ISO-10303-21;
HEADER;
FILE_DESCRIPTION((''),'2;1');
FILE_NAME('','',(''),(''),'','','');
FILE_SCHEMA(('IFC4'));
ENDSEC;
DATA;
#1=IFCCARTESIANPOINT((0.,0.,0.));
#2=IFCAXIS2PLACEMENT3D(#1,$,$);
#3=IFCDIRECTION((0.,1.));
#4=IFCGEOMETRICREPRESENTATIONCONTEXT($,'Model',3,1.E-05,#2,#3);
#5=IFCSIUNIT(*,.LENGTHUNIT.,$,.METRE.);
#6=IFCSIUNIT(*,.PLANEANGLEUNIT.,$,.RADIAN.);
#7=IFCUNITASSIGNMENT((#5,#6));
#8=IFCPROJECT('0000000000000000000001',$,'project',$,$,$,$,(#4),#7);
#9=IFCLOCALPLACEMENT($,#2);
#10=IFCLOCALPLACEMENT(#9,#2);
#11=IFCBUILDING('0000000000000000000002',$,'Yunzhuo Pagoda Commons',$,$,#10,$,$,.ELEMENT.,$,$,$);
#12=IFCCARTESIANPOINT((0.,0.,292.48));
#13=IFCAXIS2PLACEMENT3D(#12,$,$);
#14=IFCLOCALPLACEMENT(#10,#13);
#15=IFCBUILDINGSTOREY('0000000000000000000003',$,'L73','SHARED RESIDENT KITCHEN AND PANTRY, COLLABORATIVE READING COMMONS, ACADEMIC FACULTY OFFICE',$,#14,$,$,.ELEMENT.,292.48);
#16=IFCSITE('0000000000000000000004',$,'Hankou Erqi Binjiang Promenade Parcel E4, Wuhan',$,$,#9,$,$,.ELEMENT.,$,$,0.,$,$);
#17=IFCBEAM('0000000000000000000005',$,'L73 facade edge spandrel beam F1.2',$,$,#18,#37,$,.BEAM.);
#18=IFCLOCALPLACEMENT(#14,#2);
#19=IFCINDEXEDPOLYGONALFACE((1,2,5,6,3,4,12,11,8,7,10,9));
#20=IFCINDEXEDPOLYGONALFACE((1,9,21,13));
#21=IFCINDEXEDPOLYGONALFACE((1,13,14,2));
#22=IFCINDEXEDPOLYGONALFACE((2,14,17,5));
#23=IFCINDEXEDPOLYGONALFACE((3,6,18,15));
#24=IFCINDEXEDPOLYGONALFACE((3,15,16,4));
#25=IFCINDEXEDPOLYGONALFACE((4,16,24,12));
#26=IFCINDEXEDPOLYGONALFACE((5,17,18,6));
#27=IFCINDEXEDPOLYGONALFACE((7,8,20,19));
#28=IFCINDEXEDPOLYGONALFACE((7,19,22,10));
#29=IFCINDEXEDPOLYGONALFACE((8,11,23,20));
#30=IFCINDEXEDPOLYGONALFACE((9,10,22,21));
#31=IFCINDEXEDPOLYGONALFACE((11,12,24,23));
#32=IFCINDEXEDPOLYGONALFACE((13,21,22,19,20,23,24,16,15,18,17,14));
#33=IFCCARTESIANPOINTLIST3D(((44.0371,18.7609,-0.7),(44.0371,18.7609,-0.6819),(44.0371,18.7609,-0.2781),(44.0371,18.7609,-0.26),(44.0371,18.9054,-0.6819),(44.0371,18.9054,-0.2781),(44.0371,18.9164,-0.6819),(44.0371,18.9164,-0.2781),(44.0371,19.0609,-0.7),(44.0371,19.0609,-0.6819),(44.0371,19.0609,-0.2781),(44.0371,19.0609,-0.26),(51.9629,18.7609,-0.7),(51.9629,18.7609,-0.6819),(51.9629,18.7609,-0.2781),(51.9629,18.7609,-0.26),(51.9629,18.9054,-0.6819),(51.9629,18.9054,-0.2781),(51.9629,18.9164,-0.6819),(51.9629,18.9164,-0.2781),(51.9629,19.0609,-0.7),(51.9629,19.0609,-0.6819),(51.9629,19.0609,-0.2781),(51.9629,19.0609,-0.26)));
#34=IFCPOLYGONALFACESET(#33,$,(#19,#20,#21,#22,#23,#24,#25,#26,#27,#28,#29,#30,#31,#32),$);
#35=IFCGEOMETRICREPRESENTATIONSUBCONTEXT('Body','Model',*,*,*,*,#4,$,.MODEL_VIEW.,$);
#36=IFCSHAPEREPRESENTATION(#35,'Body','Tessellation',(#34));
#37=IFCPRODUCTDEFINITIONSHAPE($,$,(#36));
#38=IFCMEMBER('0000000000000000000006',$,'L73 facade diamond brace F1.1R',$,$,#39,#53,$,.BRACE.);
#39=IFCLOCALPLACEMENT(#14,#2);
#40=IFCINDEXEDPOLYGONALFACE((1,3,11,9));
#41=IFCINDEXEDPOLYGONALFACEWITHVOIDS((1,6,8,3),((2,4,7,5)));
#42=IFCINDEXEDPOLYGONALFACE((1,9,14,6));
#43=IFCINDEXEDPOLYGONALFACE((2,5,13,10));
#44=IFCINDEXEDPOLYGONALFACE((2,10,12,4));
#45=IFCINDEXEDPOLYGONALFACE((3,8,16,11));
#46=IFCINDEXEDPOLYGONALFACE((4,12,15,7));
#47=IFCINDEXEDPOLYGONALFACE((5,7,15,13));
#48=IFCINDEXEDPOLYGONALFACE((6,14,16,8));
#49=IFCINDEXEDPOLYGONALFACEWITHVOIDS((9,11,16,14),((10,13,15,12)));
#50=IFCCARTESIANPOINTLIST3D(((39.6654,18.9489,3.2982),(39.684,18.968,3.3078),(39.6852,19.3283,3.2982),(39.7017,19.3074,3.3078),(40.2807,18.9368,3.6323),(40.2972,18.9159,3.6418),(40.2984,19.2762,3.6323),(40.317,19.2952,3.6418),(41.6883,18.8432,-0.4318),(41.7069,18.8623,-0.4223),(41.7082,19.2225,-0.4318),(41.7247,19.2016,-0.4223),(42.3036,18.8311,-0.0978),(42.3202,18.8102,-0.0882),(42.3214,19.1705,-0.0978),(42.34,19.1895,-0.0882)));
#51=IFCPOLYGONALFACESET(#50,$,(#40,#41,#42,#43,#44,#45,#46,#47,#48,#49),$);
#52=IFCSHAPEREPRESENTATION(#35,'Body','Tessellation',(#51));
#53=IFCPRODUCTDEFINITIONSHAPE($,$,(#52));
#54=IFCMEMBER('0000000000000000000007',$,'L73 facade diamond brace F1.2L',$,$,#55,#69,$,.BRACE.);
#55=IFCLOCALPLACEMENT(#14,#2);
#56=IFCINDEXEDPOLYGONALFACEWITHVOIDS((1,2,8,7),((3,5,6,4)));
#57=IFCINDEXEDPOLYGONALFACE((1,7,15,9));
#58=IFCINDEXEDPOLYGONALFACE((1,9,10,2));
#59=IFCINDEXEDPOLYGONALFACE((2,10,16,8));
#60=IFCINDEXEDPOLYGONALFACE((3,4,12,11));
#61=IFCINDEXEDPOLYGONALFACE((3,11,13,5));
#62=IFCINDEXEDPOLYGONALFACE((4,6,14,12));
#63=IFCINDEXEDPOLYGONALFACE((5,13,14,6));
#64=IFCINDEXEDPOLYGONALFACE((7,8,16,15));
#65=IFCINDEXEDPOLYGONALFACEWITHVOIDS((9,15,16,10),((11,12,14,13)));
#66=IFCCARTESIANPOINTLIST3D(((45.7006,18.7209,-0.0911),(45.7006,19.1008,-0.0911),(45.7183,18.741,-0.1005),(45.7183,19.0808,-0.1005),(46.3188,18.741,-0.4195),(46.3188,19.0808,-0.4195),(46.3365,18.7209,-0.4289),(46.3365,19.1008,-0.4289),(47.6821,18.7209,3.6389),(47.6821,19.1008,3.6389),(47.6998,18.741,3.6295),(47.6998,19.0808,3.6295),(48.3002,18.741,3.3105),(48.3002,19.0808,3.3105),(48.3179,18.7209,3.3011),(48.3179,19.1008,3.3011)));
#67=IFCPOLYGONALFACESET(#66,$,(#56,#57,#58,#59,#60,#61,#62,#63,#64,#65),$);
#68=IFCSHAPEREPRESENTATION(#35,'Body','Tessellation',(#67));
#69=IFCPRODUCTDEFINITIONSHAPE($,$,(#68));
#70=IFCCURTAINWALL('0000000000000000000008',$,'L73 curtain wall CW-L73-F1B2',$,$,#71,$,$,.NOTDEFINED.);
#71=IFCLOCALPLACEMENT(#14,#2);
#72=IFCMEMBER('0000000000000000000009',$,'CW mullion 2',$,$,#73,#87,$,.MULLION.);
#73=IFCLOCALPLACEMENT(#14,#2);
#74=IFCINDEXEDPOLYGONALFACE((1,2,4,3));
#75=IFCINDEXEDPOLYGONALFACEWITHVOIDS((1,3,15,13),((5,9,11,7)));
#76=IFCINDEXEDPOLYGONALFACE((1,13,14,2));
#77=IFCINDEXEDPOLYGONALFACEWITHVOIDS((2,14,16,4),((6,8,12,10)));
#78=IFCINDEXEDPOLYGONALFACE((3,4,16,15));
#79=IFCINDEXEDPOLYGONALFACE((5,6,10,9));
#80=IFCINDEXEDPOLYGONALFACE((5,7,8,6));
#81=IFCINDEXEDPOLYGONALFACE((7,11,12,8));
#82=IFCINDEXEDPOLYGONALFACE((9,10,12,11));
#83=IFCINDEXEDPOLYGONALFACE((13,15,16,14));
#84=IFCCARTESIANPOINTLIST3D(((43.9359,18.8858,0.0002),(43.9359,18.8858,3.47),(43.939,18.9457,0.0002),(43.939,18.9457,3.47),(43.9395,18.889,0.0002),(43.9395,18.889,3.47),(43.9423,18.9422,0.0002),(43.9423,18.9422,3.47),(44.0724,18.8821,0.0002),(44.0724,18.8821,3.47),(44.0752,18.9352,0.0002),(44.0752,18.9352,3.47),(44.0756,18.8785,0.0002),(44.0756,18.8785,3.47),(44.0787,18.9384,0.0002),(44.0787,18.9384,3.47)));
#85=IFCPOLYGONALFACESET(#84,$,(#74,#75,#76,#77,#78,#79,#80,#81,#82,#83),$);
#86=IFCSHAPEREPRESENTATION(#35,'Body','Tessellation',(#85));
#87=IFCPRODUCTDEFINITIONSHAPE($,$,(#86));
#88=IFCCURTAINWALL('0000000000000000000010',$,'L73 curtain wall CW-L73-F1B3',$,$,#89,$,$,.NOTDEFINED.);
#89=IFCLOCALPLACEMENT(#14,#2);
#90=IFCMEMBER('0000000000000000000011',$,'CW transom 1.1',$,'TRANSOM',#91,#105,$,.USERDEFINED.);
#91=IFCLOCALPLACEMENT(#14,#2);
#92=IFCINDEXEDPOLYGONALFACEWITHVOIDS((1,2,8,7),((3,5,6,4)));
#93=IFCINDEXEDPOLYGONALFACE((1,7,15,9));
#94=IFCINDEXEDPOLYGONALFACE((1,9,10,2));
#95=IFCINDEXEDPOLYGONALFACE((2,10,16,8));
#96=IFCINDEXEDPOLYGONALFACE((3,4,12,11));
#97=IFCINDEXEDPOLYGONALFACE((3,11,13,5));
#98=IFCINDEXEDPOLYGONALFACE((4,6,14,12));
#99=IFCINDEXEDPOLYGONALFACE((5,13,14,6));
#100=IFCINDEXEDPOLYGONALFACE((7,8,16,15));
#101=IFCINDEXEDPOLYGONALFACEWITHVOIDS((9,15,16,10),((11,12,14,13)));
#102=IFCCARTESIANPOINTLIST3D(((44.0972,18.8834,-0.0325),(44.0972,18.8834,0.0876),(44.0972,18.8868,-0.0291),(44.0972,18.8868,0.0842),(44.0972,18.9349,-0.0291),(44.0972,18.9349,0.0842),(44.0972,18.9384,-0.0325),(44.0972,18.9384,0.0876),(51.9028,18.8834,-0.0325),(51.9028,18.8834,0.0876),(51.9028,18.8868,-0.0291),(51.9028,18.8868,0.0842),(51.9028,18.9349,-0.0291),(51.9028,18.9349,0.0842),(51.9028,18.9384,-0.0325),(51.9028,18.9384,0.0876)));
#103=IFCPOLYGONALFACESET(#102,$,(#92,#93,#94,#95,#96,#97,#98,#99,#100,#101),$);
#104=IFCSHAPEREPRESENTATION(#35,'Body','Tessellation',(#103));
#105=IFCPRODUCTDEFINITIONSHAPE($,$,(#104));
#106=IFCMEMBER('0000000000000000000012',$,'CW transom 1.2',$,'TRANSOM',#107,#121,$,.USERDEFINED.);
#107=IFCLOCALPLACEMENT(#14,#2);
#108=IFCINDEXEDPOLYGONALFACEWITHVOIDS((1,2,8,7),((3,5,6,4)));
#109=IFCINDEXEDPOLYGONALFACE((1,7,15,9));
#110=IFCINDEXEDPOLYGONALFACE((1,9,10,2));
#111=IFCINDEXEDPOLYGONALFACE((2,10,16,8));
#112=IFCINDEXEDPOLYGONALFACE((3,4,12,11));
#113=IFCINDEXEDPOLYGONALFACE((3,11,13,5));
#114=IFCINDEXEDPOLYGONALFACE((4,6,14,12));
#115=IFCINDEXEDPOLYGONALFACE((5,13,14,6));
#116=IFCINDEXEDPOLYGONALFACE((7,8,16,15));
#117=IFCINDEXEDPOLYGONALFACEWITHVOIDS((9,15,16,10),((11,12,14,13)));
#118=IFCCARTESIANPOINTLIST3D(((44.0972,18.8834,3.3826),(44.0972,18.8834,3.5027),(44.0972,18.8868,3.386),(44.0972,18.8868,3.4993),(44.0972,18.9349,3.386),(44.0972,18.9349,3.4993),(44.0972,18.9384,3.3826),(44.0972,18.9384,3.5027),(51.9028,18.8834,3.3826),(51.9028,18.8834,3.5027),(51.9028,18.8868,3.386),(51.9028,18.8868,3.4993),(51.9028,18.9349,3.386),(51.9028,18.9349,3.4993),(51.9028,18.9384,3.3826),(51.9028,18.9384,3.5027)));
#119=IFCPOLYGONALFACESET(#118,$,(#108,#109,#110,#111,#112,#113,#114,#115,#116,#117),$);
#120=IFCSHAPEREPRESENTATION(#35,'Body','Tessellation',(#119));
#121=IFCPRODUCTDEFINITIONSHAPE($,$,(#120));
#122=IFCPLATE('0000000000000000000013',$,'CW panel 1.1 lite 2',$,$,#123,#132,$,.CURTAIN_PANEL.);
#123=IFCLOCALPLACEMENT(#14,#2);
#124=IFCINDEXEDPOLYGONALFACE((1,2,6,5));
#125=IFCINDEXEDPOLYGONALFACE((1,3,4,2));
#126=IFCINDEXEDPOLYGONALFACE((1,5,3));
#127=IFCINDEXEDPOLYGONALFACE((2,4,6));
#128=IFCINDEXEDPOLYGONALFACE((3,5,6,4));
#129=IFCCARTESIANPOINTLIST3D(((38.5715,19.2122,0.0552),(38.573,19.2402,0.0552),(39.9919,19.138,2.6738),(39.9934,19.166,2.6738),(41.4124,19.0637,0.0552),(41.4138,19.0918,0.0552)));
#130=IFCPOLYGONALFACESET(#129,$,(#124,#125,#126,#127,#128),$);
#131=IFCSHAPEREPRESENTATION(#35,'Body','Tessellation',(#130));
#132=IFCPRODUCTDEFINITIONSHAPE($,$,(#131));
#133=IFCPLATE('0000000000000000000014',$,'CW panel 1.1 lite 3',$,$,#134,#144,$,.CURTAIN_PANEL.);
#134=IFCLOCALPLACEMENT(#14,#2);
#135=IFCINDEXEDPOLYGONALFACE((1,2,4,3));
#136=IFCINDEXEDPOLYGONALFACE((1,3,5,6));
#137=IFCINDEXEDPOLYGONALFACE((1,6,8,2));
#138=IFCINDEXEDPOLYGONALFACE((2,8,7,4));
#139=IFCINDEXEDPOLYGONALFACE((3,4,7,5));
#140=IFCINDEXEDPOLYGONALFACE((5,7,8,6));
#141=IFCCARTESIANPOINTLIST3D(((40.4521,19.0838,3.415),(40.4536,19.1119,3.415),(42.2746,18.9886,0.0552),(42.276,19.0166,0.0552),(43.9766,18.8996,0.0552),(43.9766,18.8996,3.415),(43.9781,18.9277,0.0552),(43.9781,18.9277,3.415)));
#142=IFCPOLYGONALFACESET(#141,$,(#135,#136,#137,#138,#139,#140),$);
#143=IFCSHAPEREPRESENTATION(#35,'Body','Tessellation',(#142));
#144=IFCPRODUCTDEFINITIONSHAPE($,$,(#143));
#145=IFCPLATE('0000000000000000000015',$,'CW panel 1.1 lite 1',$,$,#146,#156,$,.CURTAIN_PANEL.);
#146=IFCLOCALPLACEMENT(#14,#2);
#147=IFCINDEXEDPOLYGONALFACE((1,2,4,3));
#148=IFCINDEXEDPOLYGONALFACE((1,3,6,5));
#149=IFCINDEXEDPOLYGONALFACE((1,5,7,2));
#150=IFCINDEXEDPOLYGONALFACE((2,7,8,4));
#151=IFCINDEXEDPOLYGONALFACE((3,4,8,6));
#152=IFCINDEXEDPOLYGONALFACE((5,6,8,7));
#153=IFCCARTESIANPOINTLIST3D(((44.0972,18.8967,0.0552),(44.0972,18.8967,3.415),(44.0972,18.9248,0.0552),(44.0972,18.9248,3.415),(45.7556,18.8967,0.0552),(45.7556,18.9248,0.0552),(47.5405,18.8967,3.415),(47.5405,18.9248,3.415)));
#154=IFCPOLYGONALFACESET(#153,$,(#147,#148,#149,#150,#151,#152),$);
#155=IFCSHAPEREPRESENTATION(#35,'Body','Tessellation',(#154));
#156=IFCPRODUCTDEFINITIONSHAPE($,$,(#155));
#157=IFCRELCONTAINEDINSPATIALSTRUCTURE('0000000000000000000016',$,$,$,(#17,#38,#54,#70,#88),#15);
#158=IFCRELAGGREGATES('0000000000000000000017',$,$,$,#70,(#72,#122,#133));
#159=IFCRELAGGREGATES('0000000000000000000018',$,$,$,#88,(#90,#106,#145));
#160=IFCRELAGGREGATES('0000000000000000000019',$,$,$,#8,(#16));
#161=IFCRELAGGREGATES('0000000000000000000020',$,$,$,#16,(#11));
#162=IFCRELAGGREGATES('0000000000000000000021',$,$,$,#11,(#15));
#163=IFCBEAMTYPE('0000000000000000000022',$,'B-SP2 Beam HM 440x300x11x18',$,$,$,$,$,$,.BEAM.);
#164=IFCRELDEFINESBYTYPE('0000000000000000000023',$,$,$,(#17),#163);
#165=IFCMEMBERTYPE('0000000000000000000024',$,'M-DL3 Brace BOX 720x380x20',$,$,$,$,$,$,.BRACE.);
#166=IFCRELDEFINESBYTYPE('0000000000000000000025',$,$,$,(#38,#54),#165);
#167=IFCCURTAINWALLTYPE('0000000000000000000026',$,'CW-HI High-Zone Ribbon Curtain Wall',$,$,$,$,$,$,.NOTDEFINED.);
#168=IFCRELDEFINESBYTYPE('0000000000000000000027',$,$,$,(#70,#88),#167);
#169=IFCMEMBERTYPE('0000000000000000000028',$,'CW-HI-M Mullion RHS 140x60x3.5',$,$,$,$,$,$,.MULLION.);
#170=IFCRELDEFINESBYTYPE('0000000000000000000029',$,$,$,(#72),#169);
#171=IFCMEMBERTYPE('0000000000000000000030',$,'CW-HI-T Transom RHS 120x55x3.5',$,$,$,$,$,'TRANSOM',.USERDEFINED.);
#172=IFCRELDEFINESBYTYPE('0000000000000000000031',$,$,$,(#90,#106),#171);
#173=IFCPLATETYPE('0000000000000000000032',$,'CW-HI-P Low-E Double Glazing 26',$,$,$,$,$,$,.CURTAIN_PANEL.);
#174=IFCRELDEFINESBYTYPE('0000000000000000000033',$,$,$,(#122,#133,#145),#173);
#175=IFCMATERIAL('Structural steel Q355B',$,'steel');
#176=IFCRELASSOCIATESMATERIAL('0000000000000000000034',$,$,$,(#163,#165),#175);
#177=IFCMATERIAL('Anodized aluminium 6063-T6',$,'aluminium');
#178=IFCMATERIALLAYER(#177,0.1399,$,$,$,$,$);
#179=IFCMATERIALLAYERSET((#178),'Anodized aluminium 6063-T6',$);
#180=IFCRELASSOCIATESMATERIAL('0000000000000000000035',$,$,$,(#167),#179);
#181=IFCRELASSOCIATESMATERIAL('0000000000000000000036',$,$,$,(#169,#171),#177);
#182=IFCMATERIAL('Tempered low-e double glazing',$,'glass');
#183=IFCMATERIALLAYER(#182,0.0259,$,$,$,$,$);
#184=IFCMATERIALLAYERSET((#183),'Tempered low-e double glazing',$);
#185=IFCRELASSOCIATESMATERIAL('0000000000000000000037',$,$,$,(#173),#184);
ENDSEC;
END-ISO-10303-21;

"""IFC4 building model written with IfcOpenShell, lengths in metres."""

from ifc_helpers import new_model, si_unit, direction, frame, origin, origin_2d, place, context, subcontext, project, spatial, polyline, hollow_rectangle, i_section, outline, extrude, source, transform, mapped, material, layer, layer_set, material_profile, profile_set, type_object, element, aggregate, save


model = new_model("IFC4")

# Units and contexts
model_context = context("Model", 3, precision=1e-05, world=origin(), true_north=direction((0.0, 1.0)))
body_context = subcontext(model_context, "Body", "Model", "MODEL_VIEW")
ifc_project = project(units=[si_unit("LENGTHUNIT", "METRE"), si_unit("PLANEANGLEUNIT", "RADIAN")], contexts=[model_context])

# Site, building, storey
site_placement = place(None, origin())
site = spatial("IfcSite", under=ifc_project, at=site_placement, Name="Hankou Erqi Binjiang Promenade Parcel E4, Wuhan", CompositionType="ELEMENT", RefElevation=0.0)
building_placement = place(site_placement, origin())
building = spatial("IfcBuilding", under=site, at=building_placement, Name="Yunzhuo Pagoda Commons", CompositionType="ELEMENT")
storey_placement = place(building_placement, frame((0.0, 0.0, 292.48)))
storey = spatial("IfcBuildingStorey", under=building, at=storey_placement, Name="L73", Description="SHARED RESIDENT KITCHEN AND PANTRY, COLLABORATIVE READING COMMONS, ACADEMIC FACULTY OFFICE", CompositionType="ELEMENT", Elevation=292.48)

# Shared definitions
ifc_material_1 = material(Name="Structural steel Q355B", Category="steel")

# Beam
ifc_material_profile_1 = material_profile(ifc_material_1, i_section(OverallWidth=0.3, OverallDepth=0.4399, WebThickness=0.011, FlangeThickness=0.0181, at=origin_2d()), Name="Structural steel Q355B")
ifc_profile_set_1 = profile_set([ifc_material_profile_1], Name="Structural steel Q355B")
beam_type_1 = type_object("IfcBeamType", Name="B-SP2 Beam HM 440x300x11x18", PredefinedType="BEAM", material=ifc_profile_set_1)
shared_shape_1 = source(origin(), body_context, "Body", "SweptSolid", [
    extrude(i_section(OverallWidth=0.3, OverallDepth=0.4399, WebThickness=0.011, FlangeThickness=0.0181, at=origin_2d()), origin(), (0.0, 0.0, 1.0), 7.9258),
])
beam_1_placement = place(storey_placement, frame((44.0371, 18.9109, -0.48), z_axis=(1.0, 0.0, 0.0), x_axis=(0.0, 1.0, 0.0)))
element("IfcBeam", 1, at=beam_1_placement, inside=storey, type_object=beam_type_1, Name="L73 facade edge spandrel beam F1.2", PredefinedType="BEAM", context=body_context, shape_type="MappedRepresentation", body=[
    mapped(shared_shape_1, transform((0.0, 0.0, 0.0), scale=1.0)),
])

# Members
ifc_material_profile_2 = material_profile(ifc_material_1, hollow_rectangle(XDim=0.3799, YDim=0.72, WallThickness=0.02, at=origin_2d()), Name="Structural steel Q355B")
ifc_profile_set_2 = profile_set([ifc_material_profile_2], Name="Structural steel Q355B")
member_type_1 = type_object("IfcMemberType", Name="M-DL3 Brace BOX 720x380x20", PredefinedType="BRACE", material=ifc_profile_set_2)
shared_shape_2 = source(origin(), body_context, "Body", "SweptSolid", [
    extrude(hollow_rectangle(XDim=0.3799, YDim=0.72, WallThickness=0.02, at=origin_2d()), origin(), (0.0, 0.0, 1.0), 4.2446),
])
member_1_placement = place(storey_placement, frame((42.0142, 19.0164, -0.26), z_axis=(-0.476599, 0.024906, 0.878768), x_axis=(-0.052186, -0.998637, 0.0)))
element("IfcMember", 2, at=member_1_placement, inside=storey, type_object=member_type_1, Name="L73 facade diamond brace F1.1R", PredefinedType="BRACE", context=body_context, shape_type="MappedRepresentation", body=[
    mapped(shared_shape_2, transform((0.0, 0.0, 0.0), scale=1.0)),
])
shared_shape_3 = source(origin(), body_context, "Body", "SweptSolid", [
    extrude(hollow_rectangle(XDim=0.3799, YDim=0.72, WallThickness=0.02, at=origin_2d()), origin(), (0.0, 0.0, 1.0), 4.2236),
])
member_2_placement = place(storey_placement, frame((46.0186, 18.9109, -0.26), z_axis=(0.469136, 0.0, 0.883126), x_axis=(0.0, 1.0, 0.0)))
element("IfcMember", 3, at=member_2_placement, inside=storey, type_object=member_type_1, Name="L73 facade diamond brace F1.2L", PredefinedType="BRACE", context=body_context, shape_type="MappedRepresentation", body=[
    mapped(shared_shape_3, transform((0.0, 0.0, 0.0), scale=1.0)),
])

# Curtain wall, member
ifc_material_2 = material(Name="Anodized aluminium 6063-T6", Category="aluminium")
ifc_layer_1 = layer(ifc_material_2, 0.1399)
ifc_layer_set_1 = layer_set([ifc_layer_1], Name="Anodized aluminium 6063-T6")
curtain_wall_type = type_object("IfcCurtainWallType", Name="CW-HI High-Zone Ribbon Curtain Wall", PredefinedType="NOTDEFINED", material=ifc_layer_set_1)
curtain_wall_1_placement = place(storey_placement, origin())
curtain_wall_1 = element("IfcCurtainWall", 4, at=curtain_wall_1_placement, inside=storey, type_object=curtain_wall_type, Name="L73 curtain wall CW-L73-F1B2", PredefinedType="NOTDEFINED")
ifc_material_profile_3 = material_profile(ifc_material_2, hollow_rectangle(XDim=0.0601, YDim=0.1399, WallThickness=0.0034, at=origin_2d()), Name="Anodized aluminium 6063-T6")
ifc_profile_set_3 = profile_set([ifc_material_profile_3], Name="Anodized aluminium 6063-T6")
member_type_2 = type_object("IfcMemberType", Name="CW-HI-M Mullion RHS 140x60x3.5", PredefinedType="MULLION", material=ifc_profile_set_3)
shared_shape_4 = source(origin(), body_context, "Body", "SweptSolid", [
    extrude(hollow_rectangle(XDim=0.0601, YDim=0.1399, WallThickness=0.0034, at=origin_2d()), origin(), (0.0, 0.0, 1.0), 3.4697),
])
member_3_placement = place(storey_placement, frame((44.0073, 18.9121, 0.0002), z_axis=(0.0, 0.0, 1.0), x_axis=(0.05219, 0.998637, 0.0)))
member_3 = element("IfcMember", 5, at=member_3_placement, type_object=member_type_2, Name="CW mullion 2", PredefinedType="MULLION", context=body_context, shape_type="MappedRepresentation", body=[
    mapped(shared_shape_4, transform((0.0, 0.0, 0.0), scale=1.0)),
])

# Curtain wall, members
curtain_wall_2_placement = place(storey_placement, origin())
curtain_wall_2 = element("IfcCurtainWall", 6, at=curtain_wall_2_placement, inside=storey, type_object=curtain_wall_type, Name="L73 curtain wall CW-L73-F1B3", PredefinedType="NOTDEFINED")
ifc_material_profile_4 = material_profile(ifc_material_2, hollow_rectangle(XDim=0.0549, YDim=0.1201, WallThickness=0.0034, at=origin_2d()), Name="Anodized aluminium 6063-T6")
ifc_profile_set_4 = profile_set([ifc_material_profile_4], Name="Anodized aluminium 6063-T6")
member_type_3 = type_object("IfcMemberType", Name="CW-HI-T Transom RHS 120x55x3.5", ElementType="TRANSOM", PredefinedType="USERDEFINED", material=ifc_profile_set_4)
shared_shape_5 = source(origin(), body_context, "Body", "SweptSolid", [
    extrude(hollow_rectangle(XDim=0.0549, YDim=0.1201, WallThickness=0.0034, at=origin_2d()), origin(), (0.0, 0.0, 1.0), 7.8057),
])
member_4_placement = place(storey_placement, frame((44.0972, 18.9109, 0.0276), z_axis=(1.0, 0.0, 0.0), x_axis=(0.0, 1.0, 0.0)))
member_4 = element("IfcMember", 7, at=member_4_placement, type_object=member_type_3, Name="CW transom 1.1", ObjectType="TRANSOM", PredefinedType="USERDEFINED", context=body_context, shape_type="MappedRepresentation", body=[
    mapped(shared_shape_5, transform((0.0, 0.0, 0.0), scale=1.0)),
])
member_5_placement = place(storey_placement, frame((44.0972, 18.9109, 3.4426), z_axis=(1.0, 0.0, 0.0), x_axis=(0.0, 1.0, 0.0)))
member_5 = element("IfcMember", 8, at=member_5_placement, type_object=member_type_3, Name="CW transom 1.2", ObjectType="TRANSOM", PredefinedType="USERDEFINED", context=body_context, shape_type="MappedRepresentation", body=[
    mapped(shared_shape_5, transform((0.0, 0.0, 0.0), scale=1.0)),
])

# Plates
ifc_material_3 = material(Name="Tempered low-e double glazing", Category="glass")
ifc_layer_2 = layer(ifc_material_3, 0.0259)
ifc_layer_set_2 = layer_set([ifc_layer_2], Name="Tempered low-e double glazing")
plate_type = type_object("IfcPlateType", Name="CW-HI-P Low-E Double Glazing 26", PredefinedType="CURTAIN_PANEL", material=ifc_layer_set_2)
plate_1_placement = place(storey_placement, frame((39.9934, 19.166, 1.3645), z_axis=(-0.05219, -0.998637, 0.0), x_axis=(0.998637, -0.05219, 0.0)))
plate_1 = element("IfcPlate", 9, at=plate_1_placement, type_object=plate_type, Name="CW panel 1.1 lite 2", PredefinedType="CURTAIN_PANEL", context=body_context, shape_type="SweptSolid", body=[
    extrude(outline(polyline([(-1.4224, -1.3093), (1.4224, -1.3093), (0.0, 1.3093), (-1.4224, -1.3093)])), origin(), (0.0, 0.0, 1.0), 0.0281),
])
plate_2_placement = place(storey_placement, frame((42.2158, 19.0198, 1.7351), z_axis=(-0.05219, -0.998637, 0.0), x_axis=(0.998637, -0.05219, 0.0)))
plate_2 = element("IfcPlate", 10, at=plate_2_placement, type_object=plate_type, Name="CW panel 1.1 lite 3", PredefinedType="CURTAIN_PANEL", context=body_context, shape_type="SweptSolid", body=[
    extrude(outline(polyline([(-1.7646, 1.6799), (0.0603, -1.6799), (1.7646, -1.6799), (1.7646, 1.6799), (-1.7646, 1.6799)])), origin(), (0.0, 0.0, 1.0), 0.0281),
])
aggregate(curtain_wall_1, [member_3, plate_1, plate_2])
plate_3_placement = place(storey_placement, frame((45.8188, 18.9248, 1.7351), z_axis=(0.0, -1.0, 0.0), x_axis=(1.0, 0.0, 0.0)))
plate_3 = element("IfcPlate", 11, at=plate_3_placement, type_object=plate_type, Name="CW panel 1.1 lite 1", PredefinedType="CURTAIN_PANEL", context=body_context, shape_type="SweptSolid", body=[
    extrude(outline(polyline([(-1.7217, -1.6799), (-0.0632, -1.6799), (1.7217, 1.6799), (-1.7217, 1.6799), (-1.7217, -1.6799)])), origin(), (0.0, 0.0, 1.0), 0.0281),
])
aggregate(curtain_wall_2, [member_4, member_5, plate_3])

save(model, "model.ifc")
